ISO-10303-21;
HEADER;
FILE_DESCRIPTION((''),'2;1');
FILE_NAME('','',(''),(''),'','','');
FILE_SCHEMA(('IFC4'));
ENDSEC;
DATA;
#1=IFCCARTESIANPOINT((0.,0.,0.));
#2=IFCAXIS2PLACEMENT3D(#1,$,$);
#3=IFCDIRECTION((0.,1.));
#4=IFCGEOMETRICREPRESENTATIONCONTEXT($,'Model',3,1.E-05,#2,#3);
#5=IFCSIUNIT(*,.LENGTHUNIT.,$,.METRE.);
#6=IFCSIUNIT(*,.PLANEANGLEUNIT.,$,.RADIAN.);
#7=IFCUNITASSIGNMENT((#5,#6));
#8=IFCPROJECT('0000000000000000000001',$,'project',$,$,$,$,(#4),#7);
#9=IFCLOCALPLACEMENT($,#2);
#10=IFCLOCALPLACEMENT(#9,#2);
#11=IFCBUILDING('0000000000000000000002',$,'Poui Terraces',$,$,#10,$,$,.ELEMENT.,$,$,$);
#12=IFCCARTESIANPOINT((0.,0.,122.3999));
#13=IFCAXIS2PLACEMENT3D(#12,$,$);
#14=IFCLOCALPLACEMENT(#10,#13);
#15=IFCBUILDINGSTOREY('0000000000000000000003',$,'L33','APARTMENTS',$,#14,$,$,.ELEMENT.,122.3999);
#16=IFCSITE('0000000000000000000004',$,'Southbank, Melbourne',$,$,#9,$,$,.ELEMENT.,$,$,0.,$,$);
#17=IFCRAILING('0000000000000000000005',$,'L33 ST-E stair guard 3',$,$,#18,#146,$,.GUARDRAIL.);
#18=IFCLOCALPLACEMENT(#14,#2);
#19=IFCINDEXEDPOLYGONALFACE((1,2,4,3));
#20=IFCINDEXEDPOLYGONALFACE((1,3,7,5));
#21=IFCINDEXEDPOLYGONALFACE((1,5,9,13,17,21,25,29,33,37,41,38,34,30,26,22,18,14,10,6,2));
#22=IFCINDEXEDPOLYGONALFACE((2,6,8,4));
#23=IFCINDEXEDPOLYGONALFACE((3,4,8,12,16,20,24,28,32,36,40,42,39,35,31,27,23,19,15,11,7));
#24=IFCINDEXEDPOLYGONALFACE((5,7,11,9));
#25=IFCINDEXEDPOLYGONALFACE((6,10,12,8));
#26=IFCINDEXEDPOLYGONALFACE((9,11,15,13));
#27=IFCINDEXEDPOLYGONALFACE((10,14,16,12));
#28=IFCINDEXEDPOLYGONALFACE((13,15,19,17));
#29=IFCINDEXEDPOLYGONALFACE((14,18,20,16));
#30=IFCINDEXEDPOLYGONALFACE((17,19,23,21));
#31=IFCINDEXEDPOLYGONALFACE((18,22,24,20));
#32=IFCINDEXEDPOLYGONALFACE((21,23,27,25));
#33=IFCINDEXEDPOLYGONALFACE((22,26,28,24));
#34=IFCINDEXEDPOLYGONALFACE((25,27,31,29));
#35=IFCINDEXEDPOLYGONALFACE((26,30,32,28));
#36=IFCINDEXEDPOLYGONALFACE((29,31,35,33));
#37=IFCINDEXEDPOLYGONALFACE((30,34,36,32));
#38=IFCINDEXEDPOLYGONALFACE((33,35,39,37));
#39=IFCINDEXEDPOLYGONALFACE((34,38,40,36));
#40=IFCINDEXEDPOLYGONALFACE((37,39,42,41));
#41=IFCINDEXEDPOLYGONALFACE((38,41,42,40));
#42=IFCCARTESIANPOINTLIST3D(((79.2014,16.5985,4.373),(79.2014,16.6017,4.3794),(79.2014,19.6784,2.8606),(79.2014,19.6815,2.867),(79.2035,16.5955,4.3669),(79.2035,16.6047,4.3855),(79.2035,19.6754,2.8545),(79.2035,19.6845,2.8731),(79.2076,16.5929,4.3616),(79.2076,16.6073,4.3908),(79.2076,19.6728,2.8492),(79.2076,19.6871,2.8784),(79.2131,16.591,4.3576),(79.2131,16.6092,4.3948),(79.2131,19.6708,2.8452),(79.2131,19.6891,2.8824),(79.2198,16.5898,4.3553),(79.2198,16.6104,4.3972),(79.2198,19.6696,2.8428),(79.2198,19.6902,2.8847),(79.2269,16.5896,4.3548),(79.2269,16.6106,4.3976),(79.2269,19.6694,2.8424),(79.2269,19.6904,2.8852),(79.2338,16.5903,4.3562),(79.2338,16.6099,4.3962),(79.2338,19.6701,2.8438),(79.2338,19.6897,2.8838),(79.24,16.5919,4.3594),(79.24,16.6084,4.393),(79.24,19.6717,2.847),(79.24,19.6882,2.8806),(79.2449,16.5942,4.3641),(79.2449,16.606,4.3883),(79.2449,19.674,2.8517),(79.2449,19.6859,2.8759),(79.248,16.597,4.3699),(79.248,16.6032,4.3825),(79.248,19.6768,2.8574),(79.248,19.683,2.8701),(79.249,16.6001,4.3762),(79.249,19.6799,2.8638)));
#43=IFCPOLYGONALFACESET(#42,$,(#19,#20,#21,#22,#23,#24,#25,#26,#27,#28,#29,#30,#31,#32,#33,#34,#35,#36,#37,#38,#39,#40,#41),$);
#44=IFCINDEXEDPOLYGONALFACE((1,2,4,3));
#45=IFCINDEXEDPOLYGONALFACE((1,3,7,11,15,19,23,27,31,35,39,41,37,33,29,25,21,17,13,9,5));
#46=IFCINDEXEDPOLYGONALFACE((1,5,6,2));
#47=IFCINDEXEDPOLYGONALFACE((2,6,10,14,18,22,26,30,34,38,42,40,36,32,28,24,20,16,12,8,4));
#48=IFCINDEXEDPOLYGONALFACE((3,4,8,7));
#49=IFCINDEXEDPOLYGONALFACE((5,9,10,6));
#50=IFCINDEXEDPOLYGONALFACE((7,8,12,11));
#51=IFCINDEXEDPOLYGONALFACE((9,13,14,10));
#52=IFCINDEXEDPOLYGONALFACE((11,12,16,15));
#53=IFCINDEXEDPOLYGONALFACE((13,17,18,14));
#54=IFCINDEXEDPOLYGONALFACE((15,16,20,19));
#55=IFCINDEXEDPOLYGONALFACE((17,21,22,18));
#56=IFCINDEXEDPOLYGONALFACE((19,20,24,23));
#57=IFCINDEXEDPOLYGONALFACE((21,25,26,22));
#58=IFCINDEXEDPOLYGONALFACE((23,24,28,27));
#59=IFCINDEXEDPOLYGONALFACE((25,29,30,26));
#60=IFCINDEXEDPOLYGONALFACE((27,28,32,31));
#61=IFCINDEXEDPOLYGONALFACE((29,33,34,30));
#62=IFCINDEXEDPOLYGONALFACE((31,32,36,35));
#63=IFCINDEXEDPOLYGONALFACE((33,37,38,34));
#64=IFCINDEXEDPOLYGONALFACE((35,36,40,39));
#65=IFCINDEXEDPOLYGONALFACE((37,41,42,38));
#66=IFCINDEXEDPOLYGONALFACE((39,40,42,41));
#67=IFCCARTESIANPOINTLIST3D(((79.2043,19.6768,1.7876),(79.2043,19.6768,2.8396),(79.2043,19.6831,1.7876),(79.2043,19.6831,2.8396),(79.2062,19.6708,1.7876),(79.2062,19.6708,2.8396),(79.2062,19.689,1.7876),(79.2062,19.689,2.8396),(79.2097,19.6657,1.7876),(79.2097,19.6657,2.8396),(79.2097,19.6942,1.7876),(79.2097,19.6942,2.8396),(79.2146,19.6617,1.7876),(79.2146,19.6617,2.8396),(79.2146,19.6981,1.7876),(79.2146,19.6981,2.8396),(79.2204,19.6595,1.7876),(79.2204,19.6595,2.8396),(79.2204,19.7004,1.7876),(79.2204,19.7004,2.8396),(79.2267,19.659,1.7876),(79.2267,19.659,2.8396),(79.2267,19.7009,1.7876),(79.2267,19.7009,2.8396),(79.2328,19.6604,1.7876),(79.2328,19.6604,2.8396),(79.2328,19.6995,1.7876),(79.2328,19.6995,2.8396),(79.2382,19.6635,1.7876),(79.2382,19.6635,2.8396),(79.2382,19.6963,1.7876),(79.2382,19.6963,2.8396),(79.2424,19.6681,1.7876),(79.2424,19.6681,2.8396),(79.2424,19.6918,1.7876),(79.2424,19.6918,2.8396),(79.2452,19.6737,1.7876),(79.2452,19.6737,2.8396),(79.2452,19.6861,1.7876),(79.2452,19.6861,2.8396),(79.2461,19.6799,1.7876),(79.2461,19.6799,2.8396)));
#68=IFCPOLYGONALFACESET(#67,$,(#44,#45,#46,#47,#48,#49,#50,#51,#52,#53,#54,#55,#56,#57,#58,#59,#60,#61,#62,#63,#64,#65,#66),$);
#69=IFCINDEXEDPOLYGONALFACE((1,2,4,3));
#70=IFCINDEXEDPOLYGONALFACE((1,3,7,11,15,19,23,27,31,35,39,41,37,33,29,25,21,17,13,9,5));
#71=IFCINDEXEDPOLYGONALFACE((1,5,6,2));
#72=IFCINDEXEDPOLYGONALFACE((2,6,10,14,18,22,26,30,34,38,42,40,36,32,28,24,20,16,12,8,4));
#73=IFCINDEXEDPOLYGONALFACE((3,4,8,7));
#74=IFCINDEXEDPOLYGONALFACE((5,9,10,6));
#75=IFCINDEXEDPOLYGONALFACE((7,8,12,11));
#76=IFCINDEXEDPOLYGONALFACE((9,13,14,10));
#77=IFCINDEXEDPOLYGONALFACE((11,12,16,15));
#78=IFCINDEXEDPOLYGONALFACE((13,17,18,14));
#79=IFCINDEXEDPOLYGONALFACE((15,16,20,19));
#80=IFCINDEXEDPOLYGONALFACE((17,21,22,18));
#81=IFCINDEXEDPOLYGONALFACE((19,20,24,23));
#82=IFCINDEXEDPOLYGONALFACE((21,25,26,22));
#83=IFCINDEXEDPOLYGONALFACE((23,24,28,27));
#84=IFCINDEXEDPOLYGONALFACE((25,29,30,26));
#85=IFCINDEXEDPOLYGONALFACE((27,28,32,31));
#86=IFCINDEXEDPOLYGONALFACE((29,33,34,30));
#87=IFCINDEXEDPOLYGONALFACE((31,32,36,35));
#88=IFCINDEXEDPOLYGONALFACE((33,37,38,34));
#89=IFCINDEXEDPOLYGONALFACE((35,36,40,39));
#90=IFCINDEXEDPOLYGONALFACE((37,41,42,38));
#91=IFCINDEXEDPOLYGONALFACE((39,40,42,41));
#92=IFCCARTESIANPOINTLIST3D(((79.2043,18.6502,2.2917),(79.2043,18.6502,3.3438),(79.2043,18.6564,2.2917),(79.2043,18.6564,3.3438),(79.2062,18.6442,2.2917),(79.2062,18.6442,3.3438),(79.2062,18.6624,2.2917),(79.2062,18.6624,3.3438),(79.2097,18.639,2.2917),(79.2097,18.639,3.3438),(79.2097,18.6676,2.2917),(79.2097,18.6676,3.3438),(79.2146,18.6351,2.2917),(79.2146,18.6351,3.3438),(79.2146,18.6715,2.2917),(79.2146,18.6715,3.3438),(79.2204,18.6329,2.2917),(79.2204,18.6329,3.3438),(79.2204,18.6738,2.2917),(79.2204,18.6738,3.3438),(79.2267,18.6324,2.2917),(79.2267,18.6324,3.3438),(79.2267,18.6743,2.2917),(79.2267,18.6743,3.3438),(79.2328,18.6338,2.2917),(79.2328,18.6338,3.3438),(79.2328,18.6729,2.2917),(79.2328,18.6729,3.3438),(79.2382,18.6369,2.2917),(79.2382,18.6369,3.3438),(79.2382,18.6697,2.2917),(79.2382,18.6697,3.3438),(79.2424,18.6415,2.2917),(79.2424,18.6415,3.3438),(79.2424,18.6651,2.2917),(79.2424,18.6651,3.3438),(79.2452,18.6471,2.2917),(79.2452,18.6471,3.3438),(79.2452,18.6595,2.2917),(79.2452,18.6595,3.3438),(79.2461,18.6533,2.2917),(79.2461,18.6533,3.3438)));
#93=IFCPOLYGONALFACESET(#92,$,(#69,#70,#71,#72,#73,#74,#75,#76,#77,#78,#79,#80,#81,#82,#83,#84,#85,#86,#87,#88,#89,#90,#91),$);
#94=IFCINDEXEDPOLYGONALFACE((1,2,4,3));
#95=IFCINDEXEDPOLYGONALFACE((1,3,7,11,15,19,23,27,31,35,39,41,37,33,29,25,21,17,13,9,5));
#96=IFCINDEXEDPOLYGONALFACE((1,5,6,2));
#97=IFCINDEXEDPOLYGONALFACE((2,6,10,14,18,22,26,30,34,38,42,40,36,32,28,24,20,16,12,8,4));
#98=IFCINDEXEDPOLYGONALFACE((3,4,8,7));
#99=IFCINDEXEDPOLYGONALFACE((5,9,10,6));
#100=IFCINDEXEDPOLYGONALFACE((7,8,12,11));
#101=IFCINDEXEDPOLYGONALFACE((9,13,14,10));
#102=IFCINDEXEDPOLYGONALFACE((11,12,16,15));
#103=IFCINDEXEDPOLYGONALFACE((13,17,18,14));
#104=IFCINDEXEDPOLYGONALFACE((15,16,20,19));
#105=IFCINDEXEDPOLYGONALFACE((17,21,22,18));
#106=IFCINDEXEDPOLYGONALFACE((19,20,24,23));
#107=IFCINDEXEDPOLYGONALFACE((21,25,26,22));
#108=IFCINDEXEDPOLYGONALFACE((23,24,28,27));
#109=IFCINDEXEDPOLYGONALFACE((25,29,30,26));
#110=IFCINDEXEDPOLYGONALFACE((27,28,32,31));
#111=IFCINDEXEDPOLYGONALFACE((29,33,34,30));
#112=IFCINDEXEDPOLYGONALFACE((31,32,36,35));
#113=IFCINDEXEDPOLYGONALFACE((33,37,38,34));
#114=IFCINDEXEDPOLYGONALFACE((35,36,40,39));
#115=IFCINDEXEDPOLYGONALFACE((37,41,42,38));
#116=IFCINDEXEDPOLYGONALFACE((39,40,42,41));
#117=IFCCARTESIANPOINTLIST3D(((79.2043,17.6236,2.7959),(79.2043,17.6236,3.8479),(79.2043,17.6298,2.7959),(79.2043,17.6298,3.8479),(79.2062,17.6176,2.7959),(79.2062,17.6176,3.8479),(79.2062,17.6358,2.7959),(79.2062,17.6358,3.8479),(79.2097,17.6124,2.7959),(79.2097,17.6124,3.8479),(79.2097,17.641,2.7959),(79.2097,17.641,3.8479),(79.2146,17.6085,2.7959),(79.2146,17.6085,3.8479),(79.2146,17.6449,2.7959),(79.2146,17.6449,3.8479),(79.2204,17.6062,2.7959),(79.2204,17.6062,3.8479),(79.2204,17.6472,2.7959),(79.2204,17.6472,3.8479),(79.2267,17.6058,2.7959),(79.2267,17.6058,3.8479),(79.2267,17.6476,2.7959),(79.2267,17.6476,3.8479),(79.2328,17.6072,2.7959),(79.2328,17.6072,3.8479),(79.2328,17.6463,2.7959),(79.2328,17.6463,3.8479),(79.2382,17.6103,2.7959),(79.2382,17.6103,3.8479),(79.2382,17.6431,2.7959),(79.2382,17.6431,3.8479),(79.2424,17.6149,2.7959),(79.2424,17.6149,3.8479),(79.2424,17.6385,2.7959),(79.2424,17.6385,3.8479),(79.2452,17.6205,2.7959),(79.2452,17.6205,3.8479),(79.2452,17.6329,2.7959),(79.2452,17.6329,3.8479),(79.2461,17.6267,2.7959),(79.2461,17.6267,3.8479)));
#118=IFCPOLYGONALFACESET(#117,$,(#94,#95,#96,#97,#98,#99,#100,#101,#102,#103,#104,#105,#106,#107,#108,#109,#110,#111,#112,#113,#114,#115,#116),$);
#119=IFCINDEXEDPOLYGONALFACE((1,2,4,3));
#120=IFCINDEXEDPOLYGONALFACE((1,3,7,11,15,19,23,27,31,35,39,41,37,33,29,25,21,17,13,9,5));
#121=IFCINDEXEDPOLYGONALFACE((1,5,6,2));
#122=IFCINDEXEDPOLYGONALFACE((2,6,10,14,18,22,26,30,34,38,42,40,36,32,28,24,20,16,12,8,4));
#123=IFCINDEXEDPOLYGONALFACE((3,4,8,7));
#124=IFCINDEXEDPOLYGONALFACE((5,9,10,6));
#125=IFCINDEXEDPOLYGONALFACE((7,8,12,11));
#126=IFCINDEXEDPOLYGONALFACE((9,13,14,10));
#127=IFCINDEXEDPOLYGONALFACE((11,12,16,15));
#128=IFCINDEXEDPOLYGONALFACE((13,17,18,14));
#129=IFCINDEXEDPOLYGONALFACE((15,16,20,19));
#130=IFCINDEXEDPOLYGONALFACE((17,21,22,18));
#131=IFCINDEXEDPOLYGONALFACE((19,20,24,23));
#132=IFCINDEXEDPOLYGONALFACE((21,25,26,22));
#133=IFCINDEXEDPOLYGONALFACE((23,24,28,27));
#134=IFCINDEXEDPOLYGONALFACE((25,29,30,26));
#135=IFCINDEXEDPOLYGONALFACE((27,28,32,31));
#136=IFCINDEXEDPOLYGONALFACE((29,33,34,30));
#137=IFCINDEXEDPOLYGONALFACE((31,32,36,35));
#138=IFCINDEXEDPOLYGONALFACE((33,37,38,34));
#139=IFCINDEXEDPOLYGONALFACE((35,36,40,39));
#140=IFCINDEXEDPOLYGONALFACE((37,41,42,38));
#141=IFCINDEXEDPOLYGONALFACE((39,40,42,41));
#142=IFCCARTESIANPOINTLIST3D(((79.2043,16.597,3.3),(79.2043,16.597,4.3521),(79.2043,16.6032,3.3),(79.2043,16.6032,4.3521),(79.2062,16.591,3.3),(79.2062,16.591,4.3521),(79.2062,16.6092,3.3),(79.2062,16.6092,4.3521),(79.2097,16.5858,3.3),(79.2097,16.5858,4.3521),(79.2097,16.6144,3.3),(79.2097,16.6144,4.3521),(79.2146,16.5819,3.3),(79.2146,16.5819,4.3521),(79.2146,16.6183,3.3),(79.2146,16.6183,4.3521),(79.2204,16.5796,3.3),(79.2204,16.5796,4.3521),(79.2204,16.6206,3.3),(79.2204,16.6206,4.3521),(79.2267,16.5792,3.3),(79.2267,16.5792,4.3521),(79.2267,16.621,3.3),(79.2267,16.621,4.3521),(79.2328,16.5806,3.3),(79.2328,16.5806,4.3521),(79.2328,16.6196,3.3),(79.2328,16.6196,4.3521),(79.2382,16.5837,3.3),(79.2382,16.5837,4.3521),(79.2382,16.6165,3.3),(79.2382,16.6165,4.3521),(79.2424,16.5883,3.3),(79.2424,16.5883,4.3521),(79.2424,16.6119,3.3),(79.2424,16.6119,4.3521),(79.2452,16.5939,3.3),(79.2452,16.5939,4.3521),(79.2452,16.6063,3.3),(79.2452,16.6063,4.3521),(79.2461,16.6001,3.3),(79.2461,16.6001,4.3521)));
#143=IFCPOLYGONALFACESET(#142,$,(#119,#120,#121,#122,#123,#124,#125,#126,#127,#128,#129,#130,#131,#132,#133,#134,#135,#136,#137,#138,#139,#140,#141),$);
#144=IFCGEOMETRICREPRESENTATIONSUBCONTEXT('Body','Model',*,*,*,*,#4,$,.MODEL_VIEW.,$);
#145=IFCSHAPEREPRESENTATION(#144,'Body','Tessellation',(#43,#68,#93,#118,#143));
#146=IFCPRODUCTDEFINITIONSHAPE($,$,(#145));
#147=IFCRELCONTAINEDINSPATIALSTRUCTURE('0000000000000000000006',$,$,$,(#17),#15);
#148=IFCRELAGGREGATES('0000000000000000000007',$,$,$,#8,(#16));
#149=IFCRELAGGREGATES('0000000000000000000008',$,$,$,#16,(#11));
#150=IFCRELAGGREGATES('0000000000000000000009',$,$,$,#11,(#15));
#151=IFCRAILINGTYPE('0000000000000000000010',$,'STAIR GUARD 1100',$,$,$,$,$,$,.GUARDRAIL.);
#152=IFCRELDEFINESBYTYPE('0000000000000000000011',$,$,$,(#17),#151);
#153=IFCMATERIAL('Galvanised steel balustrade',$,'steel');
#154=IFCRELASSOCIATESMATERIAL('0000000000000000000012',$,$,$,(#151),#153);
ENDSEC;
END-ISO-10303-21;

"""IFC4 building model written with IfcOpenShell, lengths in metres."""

from ifc_helpers import new_model, si_unit, direction, frame, origin, origin_2d, place, context, subcontext, project, spatial, circle, extrude, material, type_object, element, save


model = new_model("IFC4")

# Units and contexts
model_context = context("Model", 3, precision=1e-05, world=origin(), true_north=direction((0.0, 1.0)))
body_context = subcontext(model_context, "Body", "Model", "MODEL_VIEW")
ifc_project = project(units=[si_unit("LENGTHUNIT", "METRE"), si_unit("PLANEANGLEUNIT", "RADIAN")], contexts=[model_context])

# Site, building, storey
site_placement = place(None, origin())
site = spatial("IfcSite", under=ifc_project, at=site_placement, Name="Southbank, Melbourne", CompositionType="ELEMENT", RefElevation=0.0)
building_placement = place(site_placement, origin())
building = spatial("IfcBuilding", under=site, at=building_placement, Name="Poui Terraces", CompositionType="ELEMENT")
storey_placement = place(building_placement, frame((0.0, 0.0, 122.3999)))
storey = spatial("IfcBuildingStorey", under=building, at=storey_placement, Name="L33", Description="APARTMENTS", CompositionType="ELEMENT", Elevation=122.3999)

# Railing
ifc_material_1 = material(Name="Galvanised steel balustrade", Category="steel")
railing_type_1 = type_object("IfcRailingType", Name="STAIR GUARD 1100", PredefinedType="GUARDRAIL", material=ifc_material_1)
railing_1_placement = place(storey_placement, frame((79.2251, 19.6799, 1.7876)))
element("IfcRailing", 1, at=railing_1_placement, inside=storey, type_object=railing_type_1, Name="L33 ST-E stair guard 3", PredefinedType="GUARDRAIL", context=body_context, shape_type="SweptSolid", body=[
    extrude(circle(Radius=0.0239, at=origin_2d()), frame((0.0, 0.0, 1.0762), z_axis=(0.0, -0.897606, 0.440798), x_axis=(1.0, 0.0, 0.0)), (0.0, 0.0, 1.0), 3.4312),
    extrude(circle(Radius=0.021, at=origin_2d()), origin(), (0.0, 0.0, 1.0), 1.052),
    extrude(circle(Radius=0.021, at=origin_2d()), frame((0.0, -1.0266, 0.5042)), (0.0, 0.0, 1.0), 1.052),
    extrude(circle(Radius=0.021, at=origin_2d()), frame((0.0, -2.0532, 1.0083)), (0.0, 0.0, 1.0), 1.052),
    extrude(circle(Radius=0.021, at=origin_2d()), frame((0.0, -3.0798, 1.5125)), (0.0, 0.0, 1.0), 1.052),
])

save(model, "model.ifc")
